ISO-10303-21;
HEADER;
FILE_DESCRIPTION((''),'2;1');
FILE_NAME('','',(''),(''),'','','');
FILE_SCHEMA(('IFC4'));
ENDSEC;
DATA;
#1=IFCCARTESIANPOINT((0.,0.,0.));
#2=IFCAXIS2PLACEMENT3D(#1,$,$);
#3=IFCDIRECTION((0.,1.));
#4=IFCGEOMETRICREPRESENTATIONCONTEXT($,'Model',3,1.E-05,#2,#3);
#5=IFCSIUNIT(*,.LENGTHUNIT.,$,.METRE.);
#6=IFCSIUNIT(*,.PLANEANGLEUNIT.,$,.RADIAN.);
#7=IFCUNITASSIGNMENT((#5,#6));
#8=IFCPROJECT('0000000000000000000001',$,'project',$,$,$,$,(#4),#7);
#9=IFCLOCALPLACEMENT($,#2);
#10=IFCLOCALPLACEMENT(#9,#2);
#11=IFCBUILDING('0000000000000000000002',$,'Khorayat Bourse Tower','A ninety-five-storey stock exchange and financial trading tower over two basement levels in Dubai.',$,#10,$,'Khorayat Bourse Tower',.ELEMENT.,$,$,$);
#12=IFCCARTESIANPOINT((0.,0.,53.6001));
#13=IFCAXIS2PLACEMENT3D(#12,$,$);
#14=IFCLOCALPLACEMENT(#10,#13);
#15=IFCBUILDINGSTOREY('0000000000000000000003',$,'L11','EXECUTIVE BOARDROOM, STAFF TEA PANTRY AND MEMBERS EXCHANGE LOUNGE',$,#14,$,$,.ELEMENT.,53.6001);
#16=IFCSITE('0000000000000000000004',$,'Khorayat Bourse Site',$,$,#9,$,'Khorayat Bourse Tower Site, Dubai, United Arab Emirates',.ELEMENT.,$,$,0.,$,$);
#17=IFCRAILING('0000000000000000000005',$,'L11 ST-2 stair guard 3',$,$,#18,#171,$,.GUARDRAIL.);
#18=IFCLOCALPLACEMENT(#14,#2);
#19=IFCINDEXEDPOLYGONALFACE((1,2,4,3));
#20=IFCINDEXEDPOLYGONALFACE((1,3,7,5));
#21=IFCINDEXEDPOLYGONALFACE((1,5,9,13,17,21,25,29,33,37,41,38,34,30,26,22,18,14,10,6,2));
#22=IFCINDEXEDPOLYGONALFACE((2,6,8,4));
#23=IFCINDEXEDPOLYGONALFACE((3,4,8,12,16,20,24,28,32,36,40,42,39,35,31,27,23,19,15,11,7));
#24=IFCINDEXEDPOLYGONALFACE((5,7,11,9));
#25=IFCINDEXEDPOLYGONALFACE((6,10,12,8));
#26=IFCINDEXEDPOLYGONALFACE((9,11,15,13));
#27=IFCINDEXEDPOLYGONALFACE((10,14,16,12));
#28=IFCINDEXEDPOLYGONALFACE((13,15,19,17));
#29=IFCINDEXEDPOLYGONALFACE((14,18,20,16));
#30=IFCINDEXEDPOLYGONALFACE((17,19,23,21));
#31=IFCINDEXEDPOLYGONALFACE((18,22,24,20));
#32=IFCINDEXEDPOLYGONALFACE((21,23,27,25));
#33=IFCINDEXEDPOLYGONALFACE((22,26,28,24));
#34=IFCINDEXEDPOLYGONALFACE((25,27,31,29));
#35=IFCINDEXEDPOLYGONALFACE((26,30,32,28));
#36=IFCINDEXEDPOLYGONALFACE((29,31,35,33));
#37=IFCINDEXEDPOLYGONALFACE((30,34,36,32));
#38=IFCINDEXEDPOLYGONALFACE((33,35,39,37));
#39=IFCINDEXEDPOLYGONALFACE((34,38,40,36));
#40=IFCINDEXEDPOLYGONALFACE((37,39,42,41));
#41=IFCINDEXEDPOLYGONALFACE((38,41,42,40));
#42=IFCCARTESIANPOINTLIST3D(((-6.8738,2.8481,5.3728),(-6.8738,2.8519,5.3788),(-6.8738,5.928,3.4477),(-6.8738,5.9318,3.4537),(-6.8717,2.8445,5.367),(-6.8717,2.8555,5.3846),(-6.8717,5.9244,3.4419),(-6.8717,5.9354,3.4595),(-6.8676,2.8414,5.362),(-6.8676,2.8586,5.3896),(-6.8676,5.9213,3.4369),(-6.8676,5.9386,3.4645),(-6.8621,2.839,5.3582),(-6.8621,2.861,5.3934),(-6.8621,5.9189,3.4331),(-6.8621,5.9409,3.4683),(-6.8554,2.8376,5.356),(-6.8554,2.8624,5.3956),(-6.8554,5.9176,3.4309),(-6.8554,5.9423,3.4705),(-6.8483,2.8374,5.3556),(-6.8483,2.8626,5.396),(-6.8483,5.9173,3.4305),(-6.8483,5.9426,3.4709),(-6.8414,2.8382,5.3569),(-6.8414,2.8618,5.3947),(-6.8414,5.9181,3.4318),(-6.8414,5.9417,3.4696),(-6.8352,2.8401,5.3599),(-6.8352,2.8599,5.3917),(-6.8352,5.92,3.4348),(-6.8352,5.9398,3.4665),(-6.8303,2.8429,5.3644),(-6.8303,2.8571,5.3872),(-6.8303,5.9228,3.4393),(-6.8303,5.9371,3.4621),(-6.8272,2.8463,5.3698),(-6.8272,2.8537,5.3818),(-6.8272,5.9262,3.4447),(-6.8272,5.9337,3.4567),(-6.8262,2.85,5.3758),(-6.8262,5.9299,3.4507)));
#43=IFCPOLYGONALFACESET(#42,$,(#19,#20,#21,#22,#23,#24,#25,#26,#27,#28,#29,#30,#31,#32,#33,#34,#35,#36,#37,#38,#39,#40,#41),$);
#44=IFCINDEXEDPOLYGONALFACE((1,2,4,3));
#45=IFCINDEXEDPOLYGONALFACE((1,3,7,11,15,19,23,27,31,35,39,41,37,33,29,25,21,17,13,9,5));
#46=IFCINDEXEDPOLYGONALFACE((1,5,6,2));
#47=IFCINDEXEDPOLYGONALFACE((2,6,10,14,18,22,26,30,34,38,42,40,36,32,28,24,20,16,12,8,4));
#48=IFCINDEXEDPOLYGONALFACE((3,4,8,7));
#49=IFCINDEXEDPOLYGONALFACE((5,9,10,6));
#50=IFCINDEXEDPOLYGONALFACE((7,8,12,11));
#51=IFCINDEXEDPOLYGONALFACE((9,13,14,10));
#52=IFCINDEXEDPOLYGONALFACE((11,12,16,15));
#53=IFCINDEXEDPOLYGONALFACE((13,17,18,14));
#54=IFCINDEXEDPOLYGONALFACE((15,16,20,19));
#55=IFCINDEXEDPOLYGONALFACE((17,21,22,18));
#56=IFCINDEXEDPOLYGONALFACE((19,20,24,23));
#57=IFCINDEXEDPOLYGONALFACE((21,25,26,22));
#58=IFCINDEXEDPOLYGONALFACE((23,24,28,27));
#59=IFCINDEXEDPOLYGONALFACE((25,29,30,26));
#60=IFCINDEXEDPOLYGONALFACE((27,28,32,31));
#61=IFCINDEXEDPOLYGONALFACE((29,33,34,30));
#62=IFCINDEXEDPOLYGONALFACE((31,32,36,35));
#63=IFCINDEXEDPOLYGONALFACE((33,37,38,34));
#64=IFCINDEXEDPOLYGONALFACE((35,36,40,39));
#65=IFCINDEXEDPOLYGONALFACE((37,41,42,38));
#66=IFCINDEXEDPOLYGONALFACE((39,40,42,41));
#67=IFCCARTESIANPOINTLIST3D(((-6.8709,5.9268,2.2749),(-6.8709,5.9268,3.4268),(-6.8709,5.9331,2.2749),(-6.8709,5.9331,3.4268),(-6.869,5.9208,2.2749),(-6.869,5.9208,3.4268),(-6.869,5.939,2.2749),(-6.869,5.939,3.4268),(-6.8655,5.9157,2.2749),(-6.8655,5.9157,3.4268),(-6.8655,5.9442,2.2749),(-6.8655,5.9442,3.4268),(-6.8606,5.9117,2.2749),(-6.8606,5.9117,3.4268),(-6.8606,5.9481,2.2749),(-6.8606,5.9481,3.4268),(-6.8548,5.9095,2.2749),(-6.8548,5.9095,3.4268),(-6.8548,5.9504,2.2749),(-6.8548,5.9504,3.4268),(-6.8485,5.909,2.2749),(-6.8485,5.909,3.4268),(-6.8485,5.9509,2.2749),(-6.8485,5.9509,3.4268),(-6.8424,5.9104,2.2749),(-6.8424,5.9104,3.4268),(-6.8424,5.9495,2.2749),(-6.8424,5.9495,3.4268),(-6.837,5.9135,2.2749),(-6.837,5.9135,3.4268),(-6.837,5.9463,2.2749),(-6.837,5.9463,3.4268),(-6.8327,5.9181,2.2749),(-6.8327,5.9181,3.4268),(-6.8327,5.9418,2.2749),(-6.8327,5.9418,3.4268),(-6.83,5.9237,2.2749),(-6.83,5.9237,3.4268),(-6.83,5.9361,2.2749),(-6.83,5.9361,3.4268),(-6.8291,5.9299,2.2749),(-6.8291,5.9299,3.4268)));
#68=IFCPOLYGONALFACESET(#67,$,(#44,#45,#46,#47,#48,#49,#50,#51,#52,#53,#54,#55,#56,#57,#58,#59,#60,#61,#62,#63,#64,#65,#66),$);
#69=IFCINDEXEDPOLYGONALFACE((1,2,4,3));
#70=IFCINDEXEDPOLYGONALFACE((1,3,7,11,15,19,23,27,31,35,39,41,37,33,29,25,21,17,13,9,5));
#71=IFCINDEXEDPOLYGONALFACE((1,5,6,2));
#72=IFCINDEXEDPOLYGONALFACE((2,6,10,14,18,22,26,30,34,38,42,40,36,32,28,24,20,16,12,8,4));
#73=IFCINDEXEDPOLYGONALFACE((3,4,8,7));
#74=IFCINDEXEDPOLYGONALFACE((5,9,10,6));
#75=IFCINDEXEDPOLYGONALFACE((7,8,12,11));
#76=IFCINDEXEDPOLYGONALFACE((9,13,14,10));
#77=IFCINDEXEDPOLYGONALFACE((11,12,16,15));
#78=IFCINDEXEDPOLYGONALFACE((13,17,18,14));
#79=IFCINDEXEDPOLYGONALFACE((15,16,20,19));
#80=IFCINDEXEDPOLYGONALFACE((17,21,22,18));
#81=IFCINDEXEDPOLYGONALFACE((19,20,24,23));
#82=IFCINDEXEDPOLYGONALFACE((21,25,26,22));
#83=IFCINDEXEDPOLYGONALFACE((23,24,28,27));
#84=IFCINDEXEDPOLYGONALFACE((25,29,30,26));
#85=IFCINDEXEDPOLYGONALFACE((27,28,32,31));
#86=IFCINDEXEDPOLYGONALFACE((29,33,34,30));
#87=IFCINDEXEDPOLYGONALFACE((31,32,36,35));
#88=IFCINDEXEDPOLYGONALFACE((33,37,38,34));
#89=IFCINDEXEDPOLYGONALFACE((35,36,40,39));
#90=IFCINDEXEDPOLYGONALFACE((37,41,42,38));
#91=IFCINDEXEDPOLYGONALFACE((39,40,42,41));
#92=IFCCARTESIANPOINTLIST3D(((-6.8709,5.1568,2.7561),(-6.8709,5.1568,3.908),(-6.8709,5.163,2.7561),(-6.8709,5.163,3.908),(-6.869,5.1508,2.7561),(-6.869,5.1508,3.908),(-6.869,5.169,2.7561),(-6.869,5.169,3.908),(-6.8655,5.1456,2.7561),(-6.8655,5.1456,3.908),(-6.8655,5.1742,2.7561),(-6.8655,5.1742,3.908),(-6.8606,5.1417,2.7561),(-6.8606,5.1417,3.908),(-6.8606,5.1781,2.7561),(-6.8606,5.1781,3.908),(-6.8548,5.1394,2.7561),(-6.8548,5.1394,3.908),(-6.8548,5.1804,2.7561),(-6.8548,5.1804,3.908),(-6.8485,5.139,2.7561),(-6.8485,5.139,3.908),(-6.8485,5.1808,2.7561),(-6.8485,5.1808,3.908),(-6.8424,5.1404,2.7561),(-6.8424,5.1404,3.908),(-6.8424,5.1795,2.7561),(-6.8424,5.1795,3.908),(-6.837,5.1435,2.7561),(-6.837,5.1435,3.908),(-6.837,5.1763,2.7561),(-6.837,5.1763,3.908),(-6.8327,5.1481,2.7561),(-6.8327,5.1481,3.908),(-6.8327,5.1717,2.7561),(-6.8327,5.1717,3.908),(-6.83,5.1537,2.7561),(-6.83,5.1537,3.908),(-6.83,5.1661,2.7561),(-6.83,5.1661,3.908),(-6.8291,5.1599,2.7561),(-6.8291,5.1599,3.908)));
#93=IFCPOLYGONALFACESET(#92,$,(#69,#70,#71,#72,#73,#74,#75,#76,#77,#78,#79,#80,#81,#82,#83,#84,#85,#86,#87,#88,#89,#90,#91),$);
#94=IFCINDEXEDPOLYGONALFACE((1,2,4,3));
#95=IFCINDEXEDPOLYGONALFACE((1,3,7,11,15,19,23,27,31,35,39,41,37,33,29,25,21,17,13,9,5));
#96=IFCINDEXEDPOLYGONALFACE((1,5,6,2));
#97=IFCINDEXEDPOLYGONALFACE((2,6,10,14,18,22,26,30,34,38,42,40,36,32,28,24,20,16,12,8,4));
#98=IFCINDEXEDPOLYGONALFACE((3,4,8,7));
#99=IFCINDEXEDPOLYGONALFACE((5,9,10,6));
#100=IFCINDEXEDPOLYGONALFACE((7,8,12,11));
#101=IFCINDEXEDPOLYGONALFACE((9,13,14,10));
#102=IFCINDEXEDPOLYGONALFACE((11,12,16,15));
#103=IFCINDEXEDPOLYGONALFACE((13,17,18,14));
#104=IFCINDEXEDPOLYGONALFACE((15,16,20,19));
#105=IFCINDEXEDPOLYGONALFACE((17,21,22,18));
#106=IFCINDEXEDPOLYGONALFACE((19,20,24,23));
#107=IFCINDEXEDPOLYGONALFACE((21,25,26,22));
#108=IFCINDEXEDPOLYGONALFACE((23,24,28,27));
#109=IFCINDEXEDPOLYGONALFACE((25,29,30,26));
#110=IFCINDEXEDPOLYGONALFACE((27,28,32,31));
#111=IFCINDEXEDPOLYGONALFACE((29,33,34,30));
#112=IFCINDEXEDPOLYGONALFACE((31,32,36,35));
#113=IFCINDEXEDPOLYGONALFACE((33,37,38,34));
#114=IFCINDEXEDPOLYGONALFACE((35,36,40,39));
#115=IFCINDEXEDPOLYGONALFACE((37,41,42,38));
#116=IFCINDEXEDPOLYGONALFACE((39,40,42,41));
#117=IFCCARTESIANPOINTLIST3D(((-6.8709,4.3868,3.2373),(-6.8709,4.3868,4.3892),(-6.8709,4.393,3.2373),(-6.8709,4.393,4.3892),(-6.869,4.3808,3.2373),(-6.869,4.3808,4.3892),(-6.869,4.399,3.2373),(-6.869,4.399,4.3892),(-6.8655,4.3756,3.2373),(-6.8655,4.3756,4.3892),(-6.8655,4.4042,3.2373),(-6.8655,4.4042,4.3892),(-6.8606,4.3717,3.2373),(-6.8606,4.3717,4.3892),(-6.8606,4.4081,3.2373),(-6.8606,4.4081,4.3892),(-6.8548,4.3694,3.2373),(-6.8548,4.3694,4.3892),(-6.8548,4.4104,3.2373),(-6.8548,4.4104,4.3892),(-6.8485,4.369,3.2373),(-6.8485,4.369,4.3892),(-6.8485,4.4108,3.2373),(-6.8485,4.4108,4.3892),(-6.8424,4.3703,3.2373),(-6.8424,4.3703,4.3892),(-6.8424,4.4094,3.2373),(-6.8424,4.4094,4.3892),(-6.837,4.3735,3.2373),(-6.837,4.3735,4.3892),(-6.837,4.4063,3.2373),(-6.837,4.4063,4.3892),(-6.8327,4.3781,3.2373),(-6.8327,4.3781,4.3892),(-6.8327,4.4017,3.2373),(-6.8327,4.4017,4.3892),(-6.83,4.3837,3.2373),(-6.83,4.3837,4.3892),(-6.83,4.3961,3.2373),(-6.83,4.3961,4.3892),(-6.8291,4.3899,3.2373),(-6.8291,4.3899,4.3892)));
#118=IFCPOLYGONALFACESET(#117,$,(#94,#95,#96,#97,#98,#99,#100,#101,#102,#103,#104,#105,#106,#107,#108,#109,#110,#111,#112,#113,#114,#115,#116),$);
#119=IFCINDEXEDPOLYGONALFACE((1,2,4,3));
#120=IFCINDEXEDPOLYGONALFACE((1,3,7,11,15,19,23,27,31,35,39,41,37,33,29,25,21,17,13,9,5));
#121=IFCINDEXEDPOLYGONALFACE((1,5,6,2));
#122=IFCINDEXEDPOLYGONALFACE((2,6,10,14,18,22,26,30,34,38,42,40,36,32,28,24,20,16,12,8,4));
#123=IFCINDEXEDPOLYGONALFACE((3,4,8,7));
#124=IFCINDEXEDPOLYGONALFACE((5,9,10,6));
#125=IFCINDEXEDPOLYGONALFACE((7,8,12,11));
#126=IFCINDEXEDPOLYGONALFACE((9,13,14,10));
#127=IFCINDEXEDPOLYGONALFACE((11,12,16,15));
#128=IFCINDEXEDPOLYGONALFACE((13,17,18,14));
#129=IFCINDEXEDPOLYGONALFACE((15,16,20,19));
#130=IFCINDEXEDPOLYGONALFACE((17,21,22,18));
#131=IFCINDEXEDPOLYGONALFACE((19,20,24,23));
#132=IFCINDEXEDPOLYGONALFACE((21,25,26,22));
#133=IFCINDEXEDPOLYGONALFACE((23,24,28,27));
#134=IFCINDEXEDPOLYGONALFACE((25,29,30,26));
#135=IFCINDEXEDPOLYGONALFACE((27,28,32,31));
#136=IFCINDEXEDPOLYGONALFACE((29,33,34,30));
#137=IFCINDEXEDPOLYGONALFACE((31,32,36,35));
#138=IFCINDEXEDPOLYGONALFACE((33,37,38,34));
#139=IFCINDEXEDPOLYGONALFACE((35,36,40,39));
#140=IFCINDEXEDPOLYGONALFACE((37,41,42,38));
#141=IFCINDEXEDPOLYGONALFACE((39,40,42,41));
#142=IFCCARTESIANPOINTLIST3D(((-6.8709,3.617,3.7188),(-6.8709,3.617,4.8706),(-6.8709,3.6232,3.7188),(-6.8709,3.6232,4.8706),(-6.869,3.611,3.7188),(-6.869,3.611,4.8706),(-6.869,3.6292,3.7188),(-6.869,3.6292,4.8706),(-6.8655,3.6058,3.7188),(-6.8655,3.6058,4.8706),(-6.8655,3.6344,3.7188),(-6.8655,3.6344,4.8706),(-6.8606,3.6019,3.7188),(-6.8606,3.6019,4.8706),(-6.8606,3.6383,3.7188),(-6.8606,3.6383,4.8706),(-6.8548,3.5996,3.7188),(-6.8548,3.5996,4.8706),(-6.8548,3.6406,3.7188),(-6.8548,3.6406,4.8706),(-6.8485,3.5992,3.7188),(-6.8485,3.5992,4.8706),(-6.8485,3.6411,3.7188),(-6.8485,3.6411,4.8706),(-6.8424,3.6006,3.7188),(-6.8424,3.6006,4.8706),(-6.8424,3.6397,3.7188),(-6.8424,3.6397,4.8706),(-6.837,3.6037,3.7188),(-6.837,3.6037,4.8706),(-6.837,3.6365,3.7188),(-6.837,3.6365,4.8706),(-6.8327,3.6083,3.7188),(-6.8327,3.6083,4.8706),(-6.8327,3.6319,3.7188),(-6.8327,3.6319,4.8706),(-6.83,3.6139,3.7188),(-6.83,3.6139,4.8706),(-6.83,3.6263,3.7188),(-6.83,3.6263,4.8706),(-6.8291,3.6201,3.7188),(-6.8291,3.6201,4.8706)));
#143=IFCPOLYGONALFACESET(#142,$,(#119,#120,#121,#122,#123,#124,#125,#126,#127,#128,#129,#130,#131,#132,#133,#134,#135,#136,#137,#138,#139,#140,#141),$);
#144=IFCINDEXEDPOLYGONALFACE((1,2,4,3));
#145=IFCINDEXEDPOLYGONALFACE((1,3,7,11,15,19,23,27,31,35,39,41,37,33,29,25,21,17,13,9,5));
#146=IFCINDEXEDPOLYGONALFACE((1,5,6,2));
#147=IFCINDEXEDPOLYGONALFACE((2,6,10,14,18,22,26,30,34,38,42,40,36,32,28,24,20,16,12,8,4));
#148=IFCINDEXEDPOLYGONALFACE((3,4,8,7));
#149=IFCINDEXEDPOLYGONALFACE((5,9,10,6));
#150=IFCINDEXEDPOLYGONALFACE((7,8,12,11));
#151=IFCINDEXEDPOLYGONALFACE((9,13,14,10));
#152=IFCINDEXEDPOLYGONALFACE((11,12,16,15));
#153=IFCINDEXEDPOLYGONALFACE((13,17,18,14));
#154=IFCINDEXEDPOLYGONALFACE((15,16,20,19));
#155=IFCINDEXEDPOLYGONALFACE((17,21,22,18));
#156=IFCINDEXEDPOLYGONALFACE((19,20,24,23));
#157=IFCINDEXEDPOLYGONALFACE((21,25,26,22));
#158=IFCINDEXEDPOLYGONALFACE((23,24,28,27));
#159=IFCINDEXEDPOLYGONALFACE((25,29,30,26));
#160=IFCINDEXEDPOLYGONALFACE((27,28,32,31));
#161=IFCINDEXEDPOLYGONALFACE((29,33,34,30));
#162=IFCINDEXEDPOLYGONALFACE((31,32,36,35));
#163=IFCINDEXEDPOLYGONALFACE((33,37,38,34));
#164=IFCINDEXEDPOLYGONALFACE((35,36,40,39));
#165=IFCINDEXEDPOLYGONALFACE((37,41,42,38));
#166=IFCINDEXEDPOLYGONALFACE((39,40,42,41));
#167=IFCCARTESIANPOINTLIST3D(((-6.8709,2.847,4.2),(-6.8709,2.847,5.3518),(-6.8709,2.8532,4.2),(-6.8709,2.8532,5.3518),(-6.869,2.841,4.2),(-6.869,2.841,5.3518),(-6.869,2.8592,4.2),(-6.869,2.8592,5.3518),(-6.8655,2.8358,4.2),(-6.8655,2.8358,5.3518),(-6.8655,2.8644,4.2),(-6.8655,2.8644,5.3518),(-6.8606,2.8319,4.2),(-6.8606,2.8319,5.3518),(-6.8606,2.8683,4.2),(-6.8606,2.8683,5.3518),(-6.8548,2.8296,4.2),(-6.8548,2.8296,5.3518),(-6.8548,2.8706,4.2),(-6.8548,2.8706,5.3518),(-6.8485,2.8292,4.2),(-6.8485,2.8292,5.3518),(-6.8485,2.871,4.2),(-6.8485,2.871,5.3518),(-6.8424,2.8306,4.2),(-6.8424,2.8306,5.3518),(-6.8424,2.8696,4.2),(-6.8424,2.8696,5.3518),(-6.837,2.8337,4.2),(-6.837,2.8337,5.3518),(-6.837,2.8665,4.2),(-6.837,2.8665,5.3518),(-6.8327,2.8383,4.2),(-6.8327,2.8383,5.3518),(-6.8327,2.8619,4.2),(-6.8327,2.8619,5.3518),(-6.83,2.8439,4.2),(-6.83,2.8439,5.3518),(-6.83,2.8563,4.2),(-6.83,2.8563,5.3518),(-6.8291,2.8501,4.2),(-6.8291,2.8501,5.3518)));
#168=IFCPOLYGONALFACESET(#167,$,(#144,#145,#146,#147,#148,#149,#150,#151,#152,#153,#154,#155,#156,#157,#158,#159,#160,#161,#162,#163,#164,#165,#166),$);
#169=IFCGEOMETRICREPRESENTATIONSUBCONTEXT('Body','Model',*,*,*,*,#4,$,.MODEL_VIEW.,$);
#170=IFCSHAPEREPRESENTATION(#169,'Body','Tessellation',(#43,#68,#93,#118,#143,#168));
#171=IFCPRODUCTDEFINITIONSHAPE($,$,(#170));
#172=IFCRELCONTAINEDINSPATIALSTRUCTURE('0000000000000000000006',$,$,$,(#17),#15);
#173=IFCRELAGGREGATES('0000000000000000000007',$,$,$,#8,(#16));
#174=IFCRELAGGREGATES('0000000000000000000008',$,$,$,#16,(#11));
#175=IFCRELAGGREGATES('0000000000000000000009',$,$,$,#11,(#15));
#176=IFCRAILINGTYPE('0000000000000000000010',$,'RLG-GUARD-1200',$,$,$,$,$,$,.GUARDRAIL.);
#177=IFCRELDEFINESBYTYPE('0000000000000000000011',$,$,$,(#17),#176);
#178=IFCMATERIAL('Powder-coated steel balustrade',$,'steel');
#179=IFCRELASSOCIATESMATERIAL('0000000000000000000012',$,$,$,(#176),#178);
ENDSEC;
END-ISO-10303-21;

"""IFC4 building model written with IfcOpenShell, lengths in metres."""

from ifc_helpers import new_model, si_unit, direction, frame, origin, origin_2d, place, context, subcontext, project, spatial, circle, extrude, source, transform, mapped, material, type_object, element, save


model = new_model("IFC4")

# Units and contexts
model_context = context("Model", 3, precision=1e-05, world=origin(), true_north=direction((0.0, 1.0)))
body_context = subcontext(model_context, "Body", "Model", "MODEL_VIEW")
ifc_project = project(units=[si_unit("LENGTHUNIT", "METRE"), si_unit("PLANEANGLEUNIT", "RADIAN")], contexts=[model_context])

# Site, building, storey
site_placement = place(None, origin())
site = spatial("IfcSite", under=ifc_project, at=site_placement, Name="Khorayat Bourse Site", LongName="Khorayat Bourse Tower Site, Dubai, United Arab Emirates", CompositionType="ELEMENT", RefElevation=0.0)
building_placement = place(site_placement, origin())
building = spatial("IfcBuilding", under=site, at=building_placement, Name="Khorayat Bourse Tower", Description="A ninety-five-storey stock exchange and financial trading tower over two basement levels in Dubai.", LongName="Khorayat Bourse Tower", CompositionType="ELEMENT")
storey_placement = place(building_placement, frame((0.0, 0.0, 53.6001)))
storey = spatial("IfcBuildingStorey", under=building, at=storey_placement, Name="L11", Description="EXECUTIVE BOARDROOM, STAFF TEA PANTRY AND MEMBERS EXCHANGE LOUNGE", CompositionType="ELEMENT", Elevation=53.6001)

# Railing
ifc_material_1 = material(Name="Powder-coated steel balustrade", Category="steel")
railing_type_1 = type_object("IfcRailingType", Name="RLG-GUARD-1200", PredefinedType="GUARDRAIL", material=ifc_material_1)
shared_shape_1 = source(origin(), body_context, "Body", "SweptSolid", [
    extrude(circle(Radius=0.0239, at=origin_2d()), frame((0.0, 0.0, 1.1758), z_axis=(0.0, -0.847979, 0.530029), x_axis=(1.0, 0.0, 0.0)), (0.0, 0.0, 1.0), 3.6321),
    extrude(circle(Radius=0.021, at=origin_2d()), origin(), (0.0, 0.0, 1.0), 1.1519),
    extrude(circle(Radius=0.021, at=origin_2d()), frame((0.0, -0.77, 0.4812)), (0.0, 0.0, 1.0), 1.1519),
    extrude(circle(Radius=0.021, at=origin_2d()), frame((0.0, -1.54, 0.9624)), (0.0, 0.0, 1.0), 1.1519),
    extrude(circle(Radius=0.021, at=origin_2d()), frame((0.0, -2.3098, 1.4438)), (0.0, 0.0, 1.0), 1.1519),
    extrude(circle(Radius=0.021, at=origin_2d()), frame((0.0, -3.0798, 1.925)), (0.0, 0.0, 1.0), 1.1519),
])
railing_1_placement = place(storey_placement, frame((-6.8501, 5.9299, 2.2749)))
element("IfcRailing", 1, at=railing_1_placement, inside=storey, type_object=railing_type_1, Name="L11 ST-2 stair guard 3", PredefinedType="GUARDRAIL", context=body_context, shape_type="MappedRepresentation", body=[
    mapped(shared_shape_1, transform((0.0, 0.0, 0.0), scale=1.0)),
])

save(model, "model.ifc")
